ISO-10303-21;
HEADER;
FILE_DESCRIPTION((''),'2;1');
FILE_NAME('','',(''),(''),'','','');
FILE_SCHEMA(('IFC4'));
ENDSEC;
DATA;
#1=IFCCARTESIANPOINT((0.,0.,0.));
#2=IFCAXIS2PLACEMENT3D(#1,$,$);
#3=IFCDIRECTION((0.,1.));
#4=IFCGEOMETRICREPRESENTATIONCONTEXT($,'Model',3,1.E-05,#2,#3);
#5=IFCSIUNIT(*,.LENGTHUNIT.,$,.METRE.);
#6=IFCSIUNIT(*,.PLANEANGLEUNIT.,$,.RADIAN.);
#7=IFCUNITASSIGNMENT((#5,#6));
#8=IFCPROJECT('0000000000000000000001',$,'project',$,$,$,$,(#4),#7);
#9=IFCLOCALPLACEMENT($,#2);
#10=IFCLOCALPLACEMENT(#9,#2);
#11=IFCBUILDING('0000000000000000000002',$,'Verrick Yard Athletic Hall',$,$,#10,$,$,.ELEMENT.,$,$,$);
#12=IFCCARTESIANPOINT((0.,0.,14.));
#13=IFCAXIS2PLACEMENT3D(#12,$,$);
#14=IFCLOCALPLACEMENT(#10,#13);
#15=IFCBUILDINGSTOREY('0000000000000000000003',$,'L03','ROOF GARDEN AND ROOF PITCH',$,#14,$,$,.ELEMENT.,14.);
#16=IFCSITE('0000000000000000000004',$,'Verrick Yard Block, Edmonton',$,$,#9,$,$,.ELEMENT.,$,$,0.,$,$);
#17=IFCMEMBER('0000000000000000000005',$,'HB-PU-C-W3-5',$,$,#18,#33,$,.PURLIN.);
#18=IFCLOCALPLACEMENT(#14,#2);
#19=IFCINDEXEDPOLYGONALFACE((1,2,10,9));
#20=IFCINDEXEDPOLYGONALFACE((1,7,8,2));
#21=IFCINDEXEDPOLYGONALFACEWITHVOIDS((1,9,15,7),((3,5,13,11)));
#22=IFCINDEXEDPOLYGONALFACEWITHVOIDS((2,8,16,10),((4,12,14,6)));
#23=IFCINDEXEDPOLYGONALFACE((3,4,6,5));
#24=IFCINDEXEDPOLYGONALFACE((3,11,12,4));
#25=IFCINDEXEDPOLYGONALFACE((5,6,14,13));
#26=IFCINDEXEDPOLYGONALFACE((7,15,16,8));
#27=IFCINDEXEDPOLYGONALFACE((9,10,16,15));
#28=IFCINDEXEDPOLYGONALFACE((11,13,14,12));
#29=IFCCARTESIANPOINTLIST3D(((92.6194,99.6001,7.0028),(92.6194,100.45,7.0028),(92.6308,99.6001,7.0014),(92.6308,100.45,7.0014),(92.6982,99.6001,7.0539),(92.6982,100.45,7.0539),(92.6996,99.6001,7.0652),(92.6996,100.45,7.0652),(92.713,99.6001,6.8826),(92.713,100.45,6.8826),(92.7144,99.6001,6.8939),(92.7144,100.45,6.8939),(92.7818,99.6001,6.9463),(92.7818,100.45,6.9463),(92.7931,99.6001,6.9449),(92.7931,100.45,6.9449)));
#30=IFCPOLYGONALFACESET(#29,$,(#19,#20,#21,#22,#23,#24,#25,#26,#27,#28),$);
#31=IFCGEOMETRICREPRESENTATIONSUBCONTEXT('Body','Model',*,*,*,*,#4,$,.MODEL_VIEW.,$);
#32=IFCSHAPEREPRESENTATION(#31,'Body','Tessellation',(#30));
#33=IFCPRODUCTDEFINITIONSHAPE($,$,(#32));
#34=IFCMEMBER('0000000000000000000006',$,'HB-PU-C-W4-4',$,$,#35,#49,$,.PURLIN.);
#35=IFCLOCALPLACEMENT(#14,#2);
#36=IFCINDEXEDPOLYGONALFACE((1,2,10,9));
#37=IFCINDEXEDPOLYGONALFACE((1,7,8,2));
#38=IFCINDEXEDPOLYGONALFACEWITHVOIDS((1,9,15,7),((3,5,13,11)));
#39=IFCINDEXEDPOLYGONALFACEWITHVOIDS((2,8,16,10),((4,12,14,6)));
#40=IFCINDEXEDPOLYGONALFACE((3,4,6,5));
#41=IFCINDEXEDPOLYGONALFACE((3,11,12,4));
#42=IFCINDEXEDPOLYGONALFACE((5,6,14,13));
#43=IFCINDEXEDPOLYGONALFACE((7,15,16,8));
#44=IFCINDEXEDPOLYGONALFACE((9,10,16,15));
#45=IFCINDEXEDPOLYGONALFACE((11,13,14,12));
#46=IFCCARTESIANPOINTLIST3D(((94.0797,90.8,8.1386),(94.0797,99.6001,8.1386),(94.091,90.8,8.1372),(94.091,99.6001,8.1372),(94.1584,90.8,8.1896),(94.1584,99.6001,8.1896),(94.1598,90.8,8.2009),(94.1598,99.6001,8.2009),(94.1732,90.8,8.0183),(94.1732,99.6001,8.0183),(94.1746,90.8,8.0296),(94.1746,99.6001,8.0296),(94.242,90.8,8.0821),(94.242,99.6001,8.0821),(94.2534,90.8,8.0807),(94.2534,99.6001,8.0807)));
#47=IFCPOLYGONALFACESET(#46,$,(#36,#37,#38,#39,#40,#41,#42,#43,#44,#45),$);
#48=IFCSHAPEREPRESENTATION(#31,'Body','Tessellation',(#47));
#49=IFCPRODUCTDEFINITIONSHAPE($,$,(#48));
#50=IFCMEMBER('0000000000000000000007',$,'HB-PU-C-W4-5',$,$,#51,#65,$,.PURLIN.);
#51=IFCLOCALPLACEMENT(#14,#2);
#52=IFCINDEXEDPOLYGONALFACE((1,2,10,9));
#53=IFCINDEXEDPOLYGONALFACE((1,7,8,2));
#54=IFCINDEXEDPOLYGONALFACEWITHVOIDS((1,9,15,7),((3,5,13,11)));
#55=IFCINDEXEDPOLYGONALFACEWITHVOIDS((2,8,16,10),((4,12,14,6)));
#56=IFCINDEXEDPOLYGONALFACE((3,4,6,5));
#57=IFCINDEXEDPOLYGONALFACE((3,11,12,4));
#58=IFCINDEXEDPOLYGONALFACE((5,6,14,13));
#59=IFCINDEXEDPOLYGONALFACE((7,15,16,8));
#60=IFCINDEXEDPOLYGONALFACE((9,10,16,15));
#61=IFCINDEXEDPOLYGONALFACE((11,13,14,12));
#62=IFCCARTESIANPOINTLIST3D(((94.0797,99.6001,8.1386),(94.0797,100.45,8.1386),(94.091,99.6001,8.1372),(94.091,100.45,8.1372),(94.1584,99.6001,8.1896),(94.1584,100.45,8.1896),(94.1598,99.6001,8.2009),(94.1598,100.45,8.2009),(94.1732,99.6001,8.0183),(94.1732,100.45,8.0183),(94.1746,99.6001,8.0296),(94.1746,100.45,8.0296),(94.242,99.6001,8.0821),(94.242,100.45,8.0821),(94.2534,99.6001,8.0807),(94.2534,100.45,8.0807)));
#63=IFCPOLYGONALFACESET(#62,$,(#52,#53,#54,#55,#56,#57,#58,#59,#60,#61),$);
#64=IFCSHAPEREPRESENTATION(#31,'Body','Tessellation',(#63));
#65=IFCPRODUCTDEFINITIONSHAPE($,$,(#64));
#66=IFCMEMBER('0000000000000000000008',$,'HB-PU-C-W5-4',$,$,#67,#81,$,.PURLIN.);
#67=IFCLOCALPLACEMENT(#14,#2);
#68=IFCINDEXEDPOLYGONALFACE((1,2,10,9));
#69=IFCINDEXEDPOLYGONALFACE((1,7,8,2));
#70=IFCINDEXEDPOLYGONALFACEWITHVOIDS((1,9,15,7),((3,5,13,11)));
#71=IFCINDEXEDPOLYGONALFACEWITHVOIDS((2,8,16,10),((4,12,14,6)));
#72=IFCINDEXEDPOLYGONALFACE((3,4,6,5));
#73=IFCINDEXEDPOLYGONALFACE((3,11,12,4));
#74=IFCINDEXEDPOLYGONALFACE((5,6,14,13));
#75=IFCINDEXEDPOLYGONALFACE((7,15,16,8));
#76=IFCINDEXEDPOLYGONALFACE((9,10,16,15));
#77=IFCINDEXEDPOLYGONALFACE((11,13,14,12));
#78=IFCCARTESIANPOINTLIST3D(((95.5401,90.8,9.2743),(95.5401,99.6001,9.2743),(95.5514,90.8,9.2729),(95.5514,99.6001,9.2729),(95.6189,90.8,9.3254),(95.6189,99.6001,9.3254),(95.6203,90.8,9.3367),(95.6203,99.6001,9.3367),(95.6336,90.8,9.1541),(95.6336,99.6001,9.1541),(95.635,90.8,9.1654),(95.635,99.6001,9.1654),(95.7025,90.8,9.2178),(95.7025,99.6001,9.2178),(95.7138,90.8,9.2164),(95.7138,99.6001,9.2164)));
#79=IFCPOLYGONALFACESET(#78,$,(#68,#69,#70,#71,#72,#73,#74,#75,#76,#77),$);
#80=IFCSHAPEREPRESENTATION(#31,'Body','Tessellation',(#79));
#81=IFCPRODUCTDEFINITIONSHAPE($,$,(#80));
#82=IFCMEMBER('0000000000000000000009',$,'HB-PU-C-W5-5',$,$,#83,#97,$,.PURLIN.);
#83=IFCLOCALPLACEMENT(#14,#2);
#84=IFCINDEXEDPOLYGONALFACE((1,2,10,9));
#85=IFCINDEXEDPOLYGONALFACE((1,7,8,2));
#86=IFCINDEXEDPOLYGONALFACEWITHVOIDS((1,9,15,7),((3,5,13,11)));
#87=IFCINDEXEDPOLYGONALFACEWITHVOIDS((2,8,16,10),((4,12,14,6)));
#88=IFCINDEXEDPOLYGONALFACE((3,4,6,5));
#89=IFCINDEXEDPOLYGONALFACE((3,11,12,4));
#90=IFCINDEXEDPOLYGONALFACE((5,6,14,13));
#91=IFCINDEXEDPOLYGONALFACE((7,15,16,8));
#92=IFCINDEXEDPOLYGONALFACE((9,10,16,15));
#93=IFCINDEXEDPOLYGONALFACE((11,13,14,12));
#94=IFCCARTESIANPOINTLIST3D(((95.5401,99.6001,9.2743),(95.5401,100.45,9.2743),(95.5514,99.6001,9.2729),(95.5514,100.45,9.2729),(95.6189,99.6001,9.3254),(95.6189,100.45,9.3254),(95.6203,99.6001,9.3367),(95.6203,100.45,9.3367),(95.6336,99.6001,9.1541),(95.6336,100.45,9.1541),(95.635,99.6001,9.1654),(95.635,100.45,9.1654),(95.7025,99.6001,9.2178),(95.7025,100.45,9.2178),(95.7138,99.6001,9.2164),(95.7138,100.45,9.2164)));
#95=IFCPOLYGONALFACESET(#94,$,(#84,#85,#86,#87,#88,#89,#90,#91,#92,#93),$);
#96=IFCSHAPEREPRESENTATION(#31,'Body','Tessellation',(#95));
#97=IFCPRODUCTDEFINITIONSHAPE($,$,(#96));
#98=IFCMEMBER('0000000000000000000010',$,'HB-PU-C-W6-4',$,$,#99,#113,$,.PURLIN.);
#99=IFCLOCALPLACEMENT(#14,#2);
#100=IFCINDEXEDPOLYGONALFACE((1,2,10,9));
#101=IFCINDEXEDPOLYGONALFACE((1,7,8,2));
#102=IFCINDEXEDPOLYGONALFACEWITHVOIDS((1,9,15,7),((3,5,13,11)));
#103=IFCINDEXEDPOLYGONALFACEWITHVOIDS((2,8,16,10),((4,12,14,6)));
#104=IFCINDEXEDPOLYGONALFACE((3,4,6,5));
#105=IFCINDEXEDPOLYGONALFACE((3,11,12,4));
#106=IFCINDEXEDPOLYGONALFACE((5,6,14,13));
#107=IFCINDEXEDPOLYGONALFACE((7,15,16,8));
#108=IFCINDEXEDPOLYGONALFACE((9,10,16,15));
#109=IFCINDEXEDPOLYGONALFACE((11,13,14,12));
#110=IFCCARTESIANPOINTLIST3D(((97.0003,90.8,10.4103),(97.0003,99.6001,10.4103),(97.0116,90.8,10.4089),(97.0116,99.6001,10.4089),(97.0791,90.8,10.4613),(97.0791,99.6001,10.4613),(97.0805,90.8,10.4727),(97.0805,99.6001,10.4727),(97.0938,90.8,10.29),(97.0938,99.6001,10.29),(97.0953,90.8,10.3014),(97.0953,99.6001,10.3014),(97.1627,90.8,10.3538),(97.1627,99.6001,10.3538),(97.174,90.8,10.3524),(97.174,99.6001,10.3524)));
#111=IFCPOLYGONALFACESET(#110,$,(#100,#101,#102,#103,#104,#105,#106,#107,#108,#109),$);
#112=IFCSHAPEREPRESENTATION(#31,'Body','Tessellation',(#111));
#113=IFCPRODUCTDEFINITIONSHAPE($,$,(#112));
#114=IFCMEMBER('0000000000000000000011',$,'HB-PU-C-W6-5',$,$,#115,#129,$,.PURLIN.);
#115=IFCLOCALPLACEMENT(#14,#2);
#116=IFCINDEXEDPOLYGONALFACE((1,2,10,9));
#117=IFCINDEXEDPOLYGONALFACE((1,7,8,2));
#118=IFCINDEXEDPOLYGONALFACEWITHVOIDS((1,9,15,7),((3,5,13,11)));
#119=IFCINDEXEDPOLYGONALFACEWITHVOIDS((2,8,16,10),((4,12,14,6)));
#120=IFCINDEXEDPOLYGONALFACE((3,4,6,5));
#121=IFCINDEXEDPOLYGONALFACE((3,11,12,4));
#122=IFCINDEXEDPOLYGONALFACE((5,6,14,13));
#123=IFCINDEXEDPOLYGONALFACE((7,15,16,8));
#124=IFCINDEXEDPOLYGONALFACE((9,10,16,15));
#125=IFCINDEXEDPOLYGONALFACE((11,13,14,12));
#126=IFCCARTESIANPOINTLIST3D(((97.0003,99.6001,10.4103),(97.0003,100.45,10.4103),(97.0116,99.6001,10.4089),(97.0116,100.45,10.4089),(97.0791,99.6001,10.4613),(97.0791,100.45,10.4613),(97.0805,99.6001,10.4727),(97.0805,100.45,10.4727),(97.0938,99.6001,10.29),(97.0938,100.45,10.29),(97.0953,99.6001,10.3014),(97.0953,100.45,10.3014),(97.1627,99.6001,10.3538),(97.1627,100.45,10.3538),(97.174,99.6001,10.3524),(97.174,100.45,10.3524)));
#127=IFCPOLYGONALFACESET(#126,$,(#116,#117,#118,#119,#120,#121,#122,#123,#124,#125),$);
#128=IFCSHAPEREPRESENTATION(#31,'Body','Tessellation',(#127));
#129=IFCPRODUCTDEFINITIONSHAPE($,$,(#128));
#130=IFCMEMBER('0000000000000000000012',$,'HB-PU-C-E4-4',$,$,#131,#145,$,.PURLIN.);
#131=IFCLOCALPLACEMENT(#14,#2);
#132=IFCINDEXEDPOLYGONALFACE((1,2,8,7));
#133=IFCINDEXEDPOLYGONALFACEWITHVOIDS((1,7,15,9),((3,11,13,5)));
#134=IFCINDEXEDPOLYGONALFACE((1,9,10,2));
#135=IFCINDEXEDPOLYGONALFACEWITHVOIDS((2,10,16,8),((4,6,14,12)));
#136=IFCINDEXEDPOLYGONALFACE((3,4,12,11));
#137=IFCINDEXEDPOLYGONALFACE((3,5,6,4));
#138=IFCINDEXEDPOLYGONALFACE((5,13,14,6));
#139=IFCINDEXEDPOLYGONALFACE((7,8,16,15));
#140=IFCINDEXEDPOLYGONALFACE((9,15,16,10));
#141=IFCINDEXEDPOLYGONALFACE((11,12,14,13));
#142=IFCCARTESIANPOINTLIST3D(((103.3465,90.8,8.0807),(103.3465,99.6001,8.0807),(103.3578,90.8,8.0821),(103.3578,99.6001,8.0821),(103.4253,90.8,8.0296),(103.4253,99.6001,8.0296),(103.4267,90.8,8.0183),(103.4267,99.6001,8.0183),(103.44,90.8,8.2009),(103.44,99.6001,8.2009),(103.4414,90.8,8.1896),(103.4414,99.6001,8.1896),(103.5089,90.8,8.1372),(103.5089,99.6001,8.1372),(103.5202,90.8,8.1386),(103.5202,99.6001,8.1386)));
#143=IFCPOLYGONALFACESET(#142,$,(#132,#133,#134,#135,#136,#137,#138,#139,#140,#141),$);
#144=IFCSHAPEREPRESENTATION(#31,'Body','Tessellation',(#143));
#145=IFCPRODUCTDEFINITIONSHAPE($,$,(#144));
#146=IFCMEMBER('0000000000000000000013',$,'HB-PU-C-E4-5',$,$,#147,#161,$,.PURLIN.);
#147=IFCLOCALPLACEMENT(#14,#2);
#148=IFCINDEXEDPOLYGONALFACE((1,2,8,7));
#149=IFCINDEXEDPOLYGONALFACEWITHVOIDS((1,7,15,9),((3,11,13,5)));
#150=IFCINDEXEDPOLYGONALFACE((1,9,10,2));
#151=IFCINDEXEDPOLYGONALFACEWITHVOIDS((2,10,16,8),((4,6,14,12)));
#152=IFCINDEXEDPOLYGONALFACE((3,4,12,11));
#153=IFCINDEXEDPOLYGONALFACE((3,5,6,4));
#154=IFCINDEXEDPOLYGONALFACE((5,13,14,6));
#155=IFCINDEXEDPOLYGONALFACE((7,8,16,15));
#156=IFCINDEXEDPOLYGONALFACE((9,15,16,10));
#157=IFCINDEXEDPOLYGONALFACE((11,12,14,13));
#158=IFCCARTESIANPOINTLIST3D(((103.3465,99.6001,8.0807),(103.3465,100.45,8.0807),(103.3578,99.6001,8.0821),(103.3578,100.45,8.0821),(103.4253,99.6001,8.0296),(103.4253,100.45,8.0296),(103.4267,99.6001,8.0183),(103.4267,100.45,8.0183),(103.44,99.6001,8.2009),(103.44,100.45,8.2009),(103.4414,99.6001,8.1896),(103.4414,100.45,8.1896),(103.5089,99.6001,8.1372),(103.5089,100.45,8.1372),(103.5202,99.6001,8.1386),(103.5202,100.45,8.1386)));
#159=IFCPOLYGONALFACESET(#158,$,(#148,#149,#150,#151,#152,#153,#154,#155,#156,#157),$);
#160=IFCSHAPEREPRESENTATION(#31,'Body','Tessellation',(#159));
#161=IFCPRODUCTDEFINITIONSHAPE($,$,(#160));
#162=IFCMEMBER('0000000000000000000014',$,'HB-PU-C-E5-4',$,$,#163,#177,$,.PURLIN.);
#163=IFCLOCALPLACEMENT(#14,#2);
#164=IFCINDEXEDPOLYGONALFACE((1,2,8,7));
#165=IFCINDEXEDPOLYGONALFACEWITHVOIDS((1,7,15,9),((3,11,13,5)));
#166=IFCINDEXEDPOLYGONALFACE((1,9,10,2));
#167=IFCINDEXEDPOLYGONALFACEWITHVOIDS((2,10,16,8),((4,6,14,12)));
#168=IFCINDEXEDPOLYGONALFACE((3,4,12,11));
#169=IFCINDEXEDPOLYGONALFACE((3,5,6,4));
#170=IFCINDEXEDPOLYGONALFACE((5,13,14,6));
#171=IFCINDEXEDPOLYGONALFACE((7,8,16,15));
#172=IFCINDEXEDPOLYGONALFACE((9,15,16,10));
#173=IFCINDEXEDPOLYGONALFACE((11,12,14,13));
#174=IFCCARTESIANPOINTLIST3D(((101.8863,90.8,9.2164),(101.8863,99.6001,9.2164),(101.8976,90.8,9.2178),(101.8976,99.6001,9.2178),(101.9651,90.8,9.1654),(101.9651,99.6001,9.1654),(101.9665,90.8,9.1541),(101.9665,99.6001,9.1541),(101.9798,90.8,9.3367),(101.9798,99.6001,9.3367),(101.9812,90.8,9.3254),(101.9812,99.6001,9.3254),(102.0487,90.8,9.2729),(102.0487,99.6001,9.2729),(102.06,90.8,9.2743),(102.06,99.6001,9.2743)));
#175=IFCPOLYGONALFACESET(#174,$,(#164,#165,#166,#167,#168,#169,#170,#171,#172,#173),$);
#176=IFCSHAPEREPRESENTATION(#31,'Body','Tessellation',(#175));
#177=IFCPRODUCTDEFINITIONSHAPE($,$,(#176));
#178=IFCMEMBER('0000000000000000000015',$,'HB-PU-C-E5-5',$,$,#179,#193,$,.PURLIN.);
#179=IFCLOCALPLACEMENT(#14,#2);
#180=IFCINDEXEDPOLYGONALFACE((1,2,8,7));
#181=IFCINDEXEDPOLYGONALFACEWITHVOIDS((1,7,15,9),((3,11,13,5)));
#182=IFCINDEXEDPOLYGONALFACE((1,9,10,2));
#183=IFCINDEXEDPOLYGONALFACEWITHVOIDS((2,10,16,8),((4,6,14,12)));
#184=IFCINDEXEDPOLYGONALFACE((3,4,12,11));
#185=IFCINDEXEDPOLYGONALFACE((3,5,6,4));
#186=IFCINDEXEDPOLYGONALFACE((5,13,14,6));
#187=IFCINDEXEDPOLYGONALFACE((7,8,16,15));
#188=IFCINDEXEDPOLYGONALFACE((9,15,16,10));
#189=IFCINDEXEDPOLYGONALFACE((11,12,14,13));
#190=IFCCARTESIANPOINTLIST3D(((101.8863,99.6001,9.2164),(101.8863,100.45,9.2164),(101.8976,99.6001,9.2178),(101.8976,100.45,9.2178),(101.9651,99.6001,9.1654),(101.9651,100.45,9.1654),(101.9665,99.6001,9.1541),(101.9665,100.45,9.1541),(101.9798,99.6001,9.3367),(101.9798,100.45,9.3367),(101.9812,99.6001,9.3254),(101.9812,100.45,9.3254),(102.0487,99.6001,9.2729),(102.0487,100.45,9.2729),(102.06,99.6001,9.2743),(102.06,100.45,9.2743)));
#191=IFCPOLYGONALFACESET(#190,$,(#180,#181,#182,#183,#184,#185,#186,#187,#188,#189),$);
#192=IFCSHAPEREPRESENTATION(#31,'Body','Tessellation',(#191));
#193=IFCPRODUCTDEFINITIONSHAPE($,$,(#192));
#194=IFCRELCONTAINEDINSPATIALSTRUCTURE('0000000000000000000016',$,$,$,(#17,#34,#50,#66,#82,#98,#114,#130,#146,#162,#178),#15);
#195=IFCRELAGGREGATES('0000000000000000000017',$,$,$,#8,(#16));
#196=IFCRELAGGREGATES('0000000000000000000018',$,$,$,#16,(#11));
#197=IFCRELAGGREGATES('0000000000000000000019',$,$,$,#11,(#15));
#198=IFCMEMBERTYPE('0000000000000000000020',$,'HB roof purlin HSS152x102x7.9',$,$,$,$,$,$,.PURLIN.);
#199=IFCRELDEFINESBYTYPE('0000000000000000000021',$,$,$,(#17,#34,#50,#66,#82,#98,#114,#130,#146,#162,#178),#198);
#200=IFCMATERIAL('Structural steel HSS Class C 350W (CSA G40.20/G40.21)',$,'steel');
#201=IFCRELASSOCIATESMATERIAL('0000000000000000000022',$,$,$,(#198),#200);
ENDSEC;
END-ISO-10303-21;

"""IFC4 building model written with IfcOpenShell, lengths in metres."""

from ifc_helpers import new_model, si_unit, direction, frame, origin, origin_2d, place, context, subcontext, project, spatial, hollow_rectangle, extrude, material, material_profile, profile_set, type_object, element, save


model = new_model("IFC4")

# Units and contexts
model_context = context("Model", 3, precision=1e-05, world=origin(), true_north=direction((0.0, 1.0)))
body_context = subcontext(model_context, "Body", "Model", "MODEL_VIEW")
ifc_project = project(units=[si_unit("LENGTHUNIT", "METRE"), si_unit("PLANEANGLEUNIT", "RADIAN")], contexts=[model_context])

# Site, building, storey
site_placement = place(None, origin())
site = spatial("IfcSite", under=ifc_project, at=site_placement, Name="Verrick Yard Block, Edmonton", CompositionType="ELEMENT", RefElevation=0.0)
building_placement = place(site_placement, origin())
building = spatial("IfcBuilding", under=site, at=building_placement, Name="Verrick Yard Athletic Hall", CompositionType="ELEMENT")
storey_placement = place(building_placement, frame((0.0, 0.0, 14.0)))
storey = spatial("IfcBuildingStorey", under=building, at=storey_placement, Name="L03", Description="ROOF GARDEN AND ROOF PITCH", CompositionType="ELEMENT", Elevation=14.0)

# Shared definitions
ifc_material_1 = material(Name="Structural steel HSS Class C 350W (CSA G40.20/G40.21)", Category="steel")

# Members
ifc_material_profile_1 = material_profile(ifc_material_1, hollow_rectangle(XDim=0.1016, YDim=0.1523, WallThickness=0.0081, at=origin_2d()), Name="HSS152x102x7.9")
ifc_profile_set_1 = profile_set([ifc_material_profile_1], Name="Structural steel HSS Class C 350W (CSA G40.20/G40.21)")
member_type_1 = type_object("IfcMemberType", Name="HB roof purlin HSS152x102x7.9", PredefinedType="PURLIN", material=ifc_profile_set_1)
member_1_placement = place(storey_placement, frame((92.7063, 99.6001, 6.9739), z_axis=(0.0, 1.0, 0.0), x_axis=(-0.789352, 0.0, -0.613941)))
element("IfcMember", 1, at=member_1_placement, inside=storey, type_object=member_type_1, Name="HB-PU-C-W3-5", PredefinedType="PURLIN", context=body_context, shape_type="SweptSolid", body=[
    extrude(hollow_rectangle(XDim=0.1016, YDim=0.1523, WallThickness=0.0081, at=origin_2d()), origin(), (0.0, 0.0, 1.0), 0.8499),
])
member_2_placement = place(storey_placement, frame((94.1665, 90.8, 8.1096), z_axis=(0.0, 1.0, 0.0), x_axis=(-0.789352, 0.0, -0.613941)))
element("IfcMember", 2, at=member_2_placement, inside=storey, type_object=member_type_1, Name="HB-PU-C-W4-4", PredefinedType="PURLIN", context=body_context, shape_type="SweptSolid", body=[
    extrude(hollow_rectangle(XDim=0.1016, YDim=0.1523, WallThickness=0.0081, at=origin_2d()), origin(), (0.0, 0.0, 1.0), 8.8),
])
member_3_placement = place(storey_placement, frame((94.1665, 99.6001, 8.1096), z_axis=(0.0, 1.0, 0.0), x_axis=(-0.789352, 0.0, -0.613941)))
element("IfcMember", 3, at=member_3_placement, inside=storey, type_object=member_type_1, Name="HB-PU-C-W4-5", PredefinedType="PURLIN", context=body_context, shape_type="SweptSolid", body=[
    extrude(hollow_rectangle(XDim=0.1016, YDim=0.1523, WallThickness=0.0081, at=origin_2d()), origin(), (0.0, 0.0, 1.0), 0.8499),
])
member_4_placement = place(storey_placement, frame((95.627, 90.8, 9.2454), z_axis=(0.0, 1.0, 0.0), x_axis=(-0.789352, 0.0, -0.613941)))
element("IfcMember", 4, at=member_4_placement, inside=storey, type_object=member_type_1, Name="HB-PU-C-W5-4", PredefinedType="PURLIN", context=body_context, shape_type="SweptSolid", body=[
    extrude(hollow_rectangle(XDim=0.1016, YDim=0.1523, WallThickness=0.0081, at=origin_2d()), origin(), (0.0, 0.0, 1.0), 8.8),
])
member_5_placement = place(storey_placement, frame((95.627, 99.6001, 9.2454), z_axis=(0.0, 1.0, 0.0), x_axis=(-0.789352, 0.0, -0.613941)))
element("IfcMember", 5, at=member_5_placement, inside=storey, type_object=member_type_1, Name="HB-PU-C-W5-5", PredefinedType="PURLIN", context=body_context, shape_type="SweptSolid", body=[
    extrude(hollow_rectangle(XDim=0.1016, YDim=0.1523, WallThickness=0.0081, at=origin_2d()), origin(), (0.0, 0.0, 1.0), 0.8499),
])
member_6_placement = place(storey_placement, frame((97.0872, 90.8, 10.3813), z_axis=(0.0, 1.0, 0.0), x_axis=(-0.789352, 0.0, -0.613941)))
element("IfcMember", 6, at=member_6_placement, inside=storey, type_object=member_type_1, Name="HB-PU-C-W6-4", PredefinedType="PURLIN", context=body_context, shape_type="SweptSolid", body=[
    extrude(hollow_rectangle(XDim=0.1016, YDim=0.1523, WallThickness=0.0081, at=origin_2d()), origin(), (0.0, 0.0, 1.0), 8.8),
])
member_7_placement = place(storey_placement, frame((97.0872, 99.6001, 10.3813), z_axis=(0.0, 1.0, 0.0), x_axis=(-0.789352, 0.0, -0.613941)))
element("IfcMember", 7, at=member_7_placement, inside=storey, type_object=member_type_1, Name="HB-PU-C-W6-5", PredefinedType="PURLIN", context=body_context, shape_type="SweptSolid", body=[
    extrude(hollow_rectangle(XDim=0.1016, YDim=0.1523, WallThickness=0.0081, at=origin_2d()), origin(), (0.0, 0.0, 1.0), 0.8499),
])
member_8_placement = place(storey_placement, frame((103.4333, 90.8, 8.1096), z_axis=(0.0, 1.0, 0.0), x_axis=(-0.789352, 0.0, 0.613941)))
element("IfcMember", 8, at=member_8_placement, inside=storey, type_object=member_type_1, Name="HB-PU-C-E4-4", PredefinedType="PURLIN", context=body_context, shape_type="SweptSolid", body=[
    extrude(hollow_rectangle(XDim=0.1016, YDim=0.1523, WallThickness=0.0081, at=origin_2d()), origin(), (0.0, 0.0, 1.0), 8.8),
])
member_9_placement = place(storey_placement, frame((103.4333, 99.6001, 8.1096), z_axis=(0.0, 1.0, 0.0), x_axis=(-0.789352, 0.0, 0.613941)))
element("IfcMember", 9, at=member_9_placement, inside=storey, type_object=member_type_1, Name="HB-PU-C-E4-5", PredefinedType="PURLIN", context=body_context, shape_type="SweptSolid", body=[
    extrude(hollow_rectangle(XDim=0.1016, YDim=0.1523, WallThickness=0.0081, at=origin_2d()), origin(), (0.0, 0.0, 1.0), 0.8499),
])
member_10_placement = place(storey_placement, frame((101.9731, 90.8, 9.2454), z_axis=(0.0, 1.0, 0.0), x_axis=(-0.789352, 0.0, 0.613941)))
element("IfcMember", 10, at=member_10_placement, inside=storey, type_object=member_type_1, Name="HB-PU-C-E5-4", PredefinedType="PURLIN", context=body_context, shape_type="SweptSolid", body=[
    extrude(hollow_rectangle(XDim=0.1016, YDim=0.1523, WallThickness=0.0081, at=origin_2d()), origin(), (0.0, 0.0, 1.0), 8.8),
])
member_11_placement = place(storey_placement, frame((101.9731, 99.6001, 9.2454), z_axis=(0.0, 1.0, 0.0), x_axis=(-0.789352, 0.0, 0.613941)))
element("IfcMember", 11, at=member_11_placement, inside=storey, type_object=member_type_1, Name="HB-PU-C-E5-5", PredefinedType="PURLIN", context=body_context, shape_type="SweptSolid", body=[
    extrude(hollow_rectangle(XDim=0.1016, YDim=0.1523, WallThickness=0.0081, at=origin_2d()), origin(), (0.0, 0.0, 1.0), 0.8499),
])

save(model, "model.ifc")
